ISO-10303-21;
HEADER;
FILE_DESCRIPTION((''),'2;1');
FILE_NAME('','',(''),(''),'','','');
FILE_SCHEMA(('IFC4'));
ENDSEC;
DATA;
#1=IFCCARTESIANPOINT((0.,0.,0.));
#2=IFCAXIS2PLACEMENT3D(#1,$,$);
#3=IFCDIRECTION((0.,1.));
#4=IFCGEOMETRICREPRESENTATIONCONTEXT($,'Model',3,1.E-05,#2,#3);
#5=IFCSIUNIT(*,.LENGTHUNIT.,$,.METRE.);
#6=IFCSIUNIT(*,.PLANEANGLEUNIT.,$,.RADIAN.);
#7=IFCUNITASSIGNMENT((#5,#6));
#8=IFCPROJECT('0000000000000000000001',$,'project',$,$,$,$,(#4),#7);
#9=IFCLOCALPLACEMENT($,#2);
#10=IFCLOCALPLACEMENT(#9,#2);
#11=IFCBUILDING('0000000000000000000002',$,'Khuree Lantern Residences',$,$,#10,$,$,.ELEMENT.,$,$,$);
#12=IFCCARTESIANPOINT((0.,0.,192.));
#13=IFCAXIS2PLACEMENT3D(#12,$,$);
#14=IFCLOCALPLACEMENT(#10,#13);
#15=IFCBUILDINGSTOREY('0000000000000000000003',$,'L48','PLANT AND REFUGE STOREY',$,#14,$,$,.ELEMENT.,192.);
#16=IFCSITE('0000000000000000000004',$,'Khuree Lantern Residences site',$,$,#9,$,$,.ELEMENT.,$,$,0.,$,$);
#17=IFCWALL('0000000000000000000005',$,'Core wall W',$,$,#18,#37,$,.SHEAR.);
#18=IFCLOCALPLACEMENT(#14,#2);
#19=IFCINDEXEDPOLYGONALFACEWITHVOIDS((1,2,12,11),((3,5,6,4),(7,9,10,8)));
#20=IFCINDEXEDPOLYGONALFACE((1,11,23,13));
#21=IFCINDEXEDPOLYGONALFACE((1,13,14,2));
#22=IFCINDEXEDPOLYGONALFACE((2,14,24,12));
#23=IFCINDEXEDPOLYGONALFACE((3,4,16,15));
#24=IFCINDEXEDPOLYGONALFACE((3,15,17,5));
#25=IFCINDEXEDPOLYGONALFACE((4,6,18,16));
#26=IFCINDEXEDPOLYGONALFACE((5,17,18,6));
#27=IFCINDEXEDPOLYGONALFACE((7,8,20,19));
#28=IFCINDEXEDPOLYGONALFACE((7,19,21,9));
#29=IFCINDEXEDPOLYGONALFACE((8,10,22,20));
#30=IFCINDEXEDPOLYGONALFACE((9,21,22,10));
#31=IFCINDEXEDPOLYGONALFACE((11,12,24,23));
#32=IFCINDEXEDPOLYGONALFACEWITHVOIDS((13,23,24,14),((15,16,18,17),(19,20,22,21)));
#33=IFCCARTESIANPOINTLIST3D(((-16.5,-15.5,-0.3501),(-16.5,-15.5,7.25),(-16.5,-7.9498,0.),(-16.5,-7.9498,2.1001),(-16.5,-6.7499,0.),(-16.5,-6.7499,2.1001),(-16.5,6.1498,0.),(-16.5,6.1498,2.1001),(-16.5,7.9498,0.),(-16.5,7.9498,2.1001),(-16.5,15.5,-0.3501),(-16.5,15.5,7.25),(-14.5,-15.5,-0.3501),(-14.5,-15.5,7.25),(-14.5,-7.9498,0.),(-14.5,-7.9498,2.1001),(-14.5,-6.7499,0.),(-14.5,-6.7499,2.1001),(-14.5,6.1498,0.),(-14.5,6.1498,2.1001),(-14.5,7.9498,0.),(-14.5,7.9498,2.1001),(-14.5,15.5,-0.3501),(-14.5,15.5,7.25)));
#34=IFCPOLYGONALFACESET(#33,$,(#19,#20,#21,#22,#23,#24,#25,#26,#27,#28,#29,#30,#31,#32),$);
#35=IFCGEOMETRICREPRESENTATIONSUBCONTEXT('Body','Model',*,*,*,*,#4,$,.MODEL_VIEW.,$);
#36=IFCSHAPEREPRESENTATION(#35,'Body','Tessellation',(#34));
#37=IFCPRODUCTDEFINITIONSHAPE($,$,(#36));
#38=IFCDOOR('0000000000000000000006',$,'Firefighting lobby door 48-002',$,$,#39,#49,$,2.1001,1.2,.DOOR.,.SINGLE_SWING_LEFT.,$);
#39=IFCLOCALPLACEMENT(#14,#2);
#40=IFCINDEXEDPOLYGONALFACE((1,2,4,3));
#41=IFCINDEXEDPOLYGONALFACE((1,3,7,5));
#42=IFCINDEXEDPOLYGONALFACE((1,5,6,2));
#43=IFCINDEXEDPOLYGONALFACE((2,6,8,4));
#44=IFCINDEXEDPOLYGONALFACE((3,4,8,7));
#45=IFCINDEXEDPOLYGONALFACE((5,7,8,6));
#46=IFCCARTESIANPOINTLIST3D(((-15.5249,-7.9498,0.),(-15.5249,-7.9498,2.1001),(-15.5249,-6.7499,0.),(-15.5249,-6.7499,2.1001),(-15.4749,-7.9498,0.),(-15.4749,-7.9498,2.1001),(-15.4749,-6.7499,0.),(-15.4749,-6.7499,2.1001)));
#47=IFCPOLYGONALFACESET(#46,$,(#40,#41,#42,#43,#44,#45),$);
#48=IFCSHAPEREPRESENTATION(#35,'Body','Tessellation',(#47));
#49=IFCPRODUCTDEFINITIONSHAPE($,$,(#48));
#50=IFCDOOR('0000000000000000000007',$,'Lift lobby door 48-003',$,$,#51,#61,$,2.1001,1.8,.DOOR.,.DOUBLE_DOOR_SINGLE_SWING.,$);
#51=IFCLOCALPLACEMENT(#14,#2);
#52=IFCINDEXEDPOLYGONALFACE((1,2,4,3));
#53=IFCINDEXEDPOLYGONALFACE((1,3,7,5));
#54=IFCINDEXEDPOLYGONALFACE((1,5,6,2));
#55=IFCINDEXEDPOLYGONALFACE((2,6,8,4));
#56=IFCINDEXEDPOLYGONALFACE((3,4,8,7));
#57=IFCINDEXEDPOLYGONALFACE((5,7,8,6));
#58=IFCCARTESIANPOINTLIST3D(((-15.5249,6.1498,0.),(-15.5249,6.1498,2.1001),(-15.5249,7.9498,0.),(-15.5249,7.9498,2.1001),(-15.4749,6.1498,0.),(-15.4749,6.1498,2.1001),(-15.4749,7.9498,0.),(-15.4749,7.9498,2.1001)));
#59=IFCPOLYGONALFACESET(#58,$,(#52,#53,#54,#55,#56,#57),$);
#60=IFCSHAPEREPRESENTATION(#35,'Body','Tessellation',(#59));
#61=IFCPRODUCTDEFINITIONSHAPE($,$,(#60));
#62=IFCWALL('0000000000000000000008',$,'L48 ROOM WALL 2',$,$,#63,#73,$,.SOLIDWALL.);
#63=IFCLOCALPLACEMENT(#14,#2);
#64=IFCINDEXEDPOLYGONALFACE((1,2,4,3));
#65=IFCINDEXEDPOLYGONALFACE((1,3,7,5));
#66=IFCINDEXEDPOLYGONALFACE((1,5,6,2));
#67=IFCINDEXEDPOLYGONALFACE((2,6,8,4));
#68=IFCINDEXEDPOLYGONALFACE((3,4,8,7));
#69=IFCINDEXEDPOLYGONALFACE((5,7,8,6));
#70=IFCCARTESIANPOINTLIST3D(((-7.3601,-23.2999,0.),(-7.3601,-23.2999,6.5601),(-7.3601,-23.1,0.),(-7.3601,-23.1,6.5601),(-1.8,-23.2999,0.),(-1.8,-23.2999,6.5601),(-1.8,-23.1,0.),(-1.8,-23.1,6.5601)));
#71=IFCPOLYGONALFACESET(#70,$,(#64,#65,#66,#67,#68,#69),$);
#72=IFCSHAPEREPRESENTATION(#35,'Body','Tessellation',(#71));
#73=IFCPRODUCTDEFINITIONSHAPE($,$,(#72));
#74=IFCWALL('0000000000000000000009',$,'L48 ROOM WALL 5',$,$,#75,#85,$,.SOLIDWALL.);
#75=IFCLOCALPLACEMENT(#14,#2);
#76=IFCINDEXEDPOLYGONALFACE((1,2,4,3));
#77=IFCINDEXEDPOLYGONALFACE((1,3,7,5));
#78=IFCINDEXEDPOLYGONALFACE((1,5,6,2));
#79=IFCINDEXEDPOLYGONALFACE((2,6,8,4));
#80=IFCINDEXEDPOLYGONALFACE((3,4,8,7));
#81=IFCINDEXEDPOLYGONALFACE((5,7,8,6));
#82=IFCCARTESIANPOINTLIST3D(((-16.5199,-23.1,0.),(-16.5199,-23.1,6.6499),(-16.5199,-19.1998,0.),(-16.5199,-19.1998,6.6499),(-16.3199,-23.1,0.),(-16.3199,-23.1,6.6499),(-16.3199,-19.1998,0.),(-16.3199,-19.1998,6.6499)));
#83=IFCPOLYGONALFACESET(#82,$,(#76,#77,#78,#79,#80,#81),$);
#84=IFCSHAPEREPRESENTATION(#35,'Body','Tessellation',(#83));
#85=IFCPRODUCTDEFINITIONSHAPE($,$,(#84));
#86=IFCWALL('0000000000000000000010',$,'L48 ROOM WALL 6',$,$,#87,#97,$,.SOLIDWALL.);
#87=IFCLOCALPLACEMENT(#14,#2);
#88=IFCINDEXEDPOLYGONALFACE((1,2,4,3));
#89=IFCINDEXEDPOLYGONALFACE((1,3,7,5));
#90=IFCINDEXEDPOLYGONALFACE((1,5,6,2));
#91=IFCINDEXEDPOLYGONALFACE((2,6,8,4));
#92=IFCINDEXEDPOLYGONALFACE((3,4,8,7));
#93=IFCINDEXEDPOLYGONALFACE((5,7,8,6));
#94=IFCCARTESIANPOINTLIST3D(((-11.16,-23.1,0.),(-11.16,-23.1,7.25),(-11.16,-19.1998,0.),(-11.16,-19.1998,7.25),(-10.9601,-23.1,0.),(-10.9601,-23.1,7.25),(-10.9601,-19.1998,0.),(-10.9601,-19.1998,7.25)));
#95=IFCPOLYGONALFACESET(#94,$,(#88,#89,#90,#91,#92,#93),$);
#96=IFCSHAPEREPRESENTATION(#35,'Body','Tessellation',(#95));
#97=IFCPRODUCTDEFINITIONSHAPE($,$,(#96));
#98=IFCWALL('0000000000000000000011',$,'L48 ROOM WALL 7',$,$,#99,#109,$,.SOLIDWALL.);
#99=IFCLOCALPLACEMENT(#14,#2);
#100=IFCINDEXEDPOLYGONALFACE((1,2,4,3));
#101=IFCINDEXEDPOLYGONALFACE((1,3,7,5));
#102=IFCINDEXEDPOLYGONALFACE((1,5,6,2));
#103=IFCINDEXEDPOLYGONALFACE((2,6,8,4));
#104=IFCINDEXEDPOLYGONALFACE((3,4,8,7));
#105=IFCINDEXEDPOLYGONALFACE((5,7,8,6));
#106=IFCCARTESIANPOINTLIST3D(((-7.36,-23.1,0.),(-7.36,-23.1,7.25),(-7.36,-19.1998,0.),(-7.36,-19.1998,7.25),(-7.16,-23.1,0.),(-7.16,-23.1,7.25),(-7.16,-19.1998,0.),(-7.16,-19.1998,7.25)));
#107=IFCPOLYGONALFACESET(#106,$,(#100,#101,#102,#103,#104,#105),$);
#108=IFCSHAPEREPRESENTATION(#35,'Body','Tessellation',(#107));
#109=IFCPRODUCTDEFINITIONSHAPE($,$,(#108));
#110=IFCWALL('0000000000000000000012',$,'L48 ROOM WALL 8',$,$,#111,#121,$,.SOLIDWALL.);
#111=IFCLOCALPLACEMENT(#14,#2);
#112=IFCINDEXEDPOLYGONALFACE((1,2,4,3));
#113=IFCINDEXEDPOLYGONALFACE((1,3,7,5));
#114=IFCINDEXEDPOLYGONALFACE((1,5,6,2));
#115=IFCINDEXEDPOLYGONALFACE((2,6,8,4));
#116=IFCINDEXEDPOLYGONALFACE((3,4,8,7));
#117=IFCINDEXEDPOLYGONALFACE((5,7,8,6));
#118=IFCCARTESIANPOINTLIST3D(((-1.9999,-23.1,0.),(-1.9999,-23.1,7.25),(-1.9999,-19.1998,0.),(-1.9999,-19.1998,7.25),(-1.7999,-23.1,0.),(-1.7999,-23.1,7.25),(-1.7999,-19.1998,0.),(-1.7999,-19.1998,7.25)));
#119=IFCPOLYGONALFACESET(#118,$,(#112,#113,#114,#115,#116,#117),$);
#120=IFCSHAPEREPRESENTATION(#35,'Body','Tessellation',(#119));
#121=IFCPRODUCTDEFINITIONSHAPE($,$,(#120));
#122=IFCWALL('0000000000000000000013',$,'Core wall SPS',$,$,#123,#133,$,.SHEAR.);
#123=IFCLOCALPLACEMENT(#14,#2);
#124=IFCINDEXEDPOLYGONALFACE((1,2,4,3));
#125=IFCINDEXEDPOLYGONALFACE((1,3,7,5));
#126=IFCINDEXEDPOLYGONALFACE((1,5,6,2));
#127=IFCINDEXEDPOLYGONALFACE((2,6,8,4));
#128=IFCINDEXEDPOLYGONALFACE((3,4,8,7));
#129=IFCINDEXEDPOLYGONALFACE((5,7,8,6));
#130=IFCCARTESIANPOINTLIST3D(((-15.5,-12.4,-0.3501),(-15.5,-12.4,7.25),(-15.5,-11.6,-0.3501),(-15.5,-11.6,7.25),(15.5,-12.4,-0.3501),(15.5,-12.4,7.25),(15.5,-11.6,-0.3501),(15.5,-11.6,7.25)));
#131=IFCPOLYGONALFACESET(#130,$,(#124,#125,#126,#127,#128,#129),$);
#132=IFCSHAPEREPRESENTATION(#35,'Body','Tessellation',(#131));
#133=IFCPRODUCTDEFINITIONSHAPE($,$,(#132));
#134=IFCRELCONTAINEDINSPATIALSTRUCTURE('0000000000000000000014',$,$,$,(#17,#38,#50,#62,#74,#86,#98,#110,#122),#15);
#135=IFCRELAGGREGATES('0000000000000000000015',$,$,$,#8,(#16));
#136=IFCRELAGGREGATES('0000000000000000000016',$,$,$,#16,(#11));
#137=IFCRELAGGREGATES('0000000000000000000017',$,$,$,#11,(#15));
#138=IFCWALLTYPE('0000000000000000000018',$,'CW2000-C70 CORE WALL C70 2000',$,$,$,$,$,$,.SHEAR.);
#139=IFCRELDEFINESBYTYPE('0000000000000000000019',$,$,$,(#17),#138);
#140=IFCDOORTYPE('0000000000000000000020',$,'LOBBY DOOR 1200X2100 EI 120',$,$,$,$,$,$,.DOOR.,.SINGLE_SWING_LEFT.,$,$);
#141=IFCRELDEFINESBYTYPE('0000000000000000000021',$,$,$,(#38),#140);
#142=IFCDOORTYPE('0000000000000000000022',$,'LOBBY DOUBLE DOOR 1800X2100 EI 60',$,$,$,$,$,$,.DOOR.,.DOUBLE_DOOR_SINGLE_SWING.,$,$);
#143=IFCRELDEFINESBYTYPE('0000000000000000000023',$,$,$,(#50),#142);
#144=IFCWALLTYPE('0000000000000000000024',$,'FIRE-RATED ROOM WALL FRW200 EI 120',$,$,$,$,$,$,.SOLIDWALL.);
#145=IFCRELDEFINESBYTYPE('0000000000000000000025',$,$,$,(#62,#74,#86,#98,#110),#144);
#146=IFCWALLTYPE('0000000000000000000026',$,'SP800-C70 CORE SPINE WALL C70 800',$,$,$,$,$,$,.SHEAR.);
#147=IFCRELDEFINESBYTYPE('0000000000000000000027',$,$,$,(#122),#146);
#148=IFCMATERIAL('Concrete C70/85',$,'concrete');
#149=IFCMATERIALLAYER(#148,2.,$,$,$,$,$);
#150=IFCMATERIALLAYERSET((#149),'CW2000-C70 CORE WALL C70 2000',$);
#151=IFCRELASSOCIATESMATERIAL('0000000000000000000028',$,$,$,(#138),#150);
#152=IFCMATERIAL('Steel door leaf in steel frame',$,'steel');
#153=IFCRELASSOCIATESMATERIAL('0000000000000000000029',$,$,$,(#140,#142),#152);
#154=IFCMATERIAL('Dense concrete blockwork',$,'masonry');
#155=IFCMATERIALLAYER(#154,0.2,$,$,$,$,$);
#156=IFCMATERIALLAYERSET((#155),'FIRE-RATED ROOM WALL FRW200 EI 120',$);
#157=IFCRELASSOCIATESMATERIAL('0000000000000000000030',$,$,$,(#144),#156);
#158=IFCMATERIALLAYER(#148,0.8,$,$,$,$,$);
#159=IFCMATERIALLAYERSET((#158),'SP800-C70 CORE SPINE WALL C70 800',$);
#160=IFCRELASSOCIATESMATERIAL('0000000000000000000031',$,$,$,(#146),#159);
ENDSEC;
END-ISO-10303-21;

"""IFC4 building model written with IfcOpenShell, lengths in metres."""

from ifc_helpers import new_model, si_unit, direction, frame, frame_2d, origin, place, context, subcontext, project, spatial, rectangle, extrude, material, layer, layer_set, type_object, element, fill, save


model = new_model("IFC4")

# Units and contexts
model_context = context("Model", 3, precision=1e-05, world=origin(), true_north=direction((0.0, 1.0)))
body_context = subcontext(model_context, "Body", "Model", "MODEL_VIEW")
ifc_project = project(units=[si_unit("LENGTHUNIT", "METRE"), si_unit("PLANEANGLEUNIT", "RADIAN")], contexts=[model_context])

# Site, building, storey
site_placement = place(None, origin())
site = spatial("IfcSite", under=ifc_project, at=site_placement, Name="Khuree Lantern Residences site", CompositionType="ELEMENT", RefElevation=0.0)
building_placement = place(site_placement, origin())
building = spatial("IfcBuilding", under=site, at=building_placement, Name="Khuree Lantern Residences", CompositionType="ELEMENT")
storey_placement = place(building_placement, frame((0.0, 0.0, 192.0)))
storey = spatial("IfcBuildingStorey", under=building, at=storey_placement, Name="L48", Description="PLANT AND REFUGE STOREY", CompositionType="ELEMENT", Elevation=192.0)

# Shared definitions
ifc_material_1 = material(Name="Concrete C70/85", Category="concrete")

# Shared definitions
ifc_layer_1 = layer(ifc_material_1, 2.0)
ifc_layer_set_1 = layer_set([ifc_layer_1], Name="CW2000-C70 CORE WALL C70 2000")
wall_type_1 = type_object("IfcWallType", Name="CW2000-C70 CORE WALL C70 2000", PredefinedType="SHEAR", material=ifc_layer_set_1)

# Wall, openings, doors
wall_1_placement = place(storey_placement, frame((-15.5, -15.5, -0.3501), z_axis=(0.0, 0.0, 1.0), x_axis=(0.0, 1.0, 0.0)))
wall_1 = element("IfcWall", 1, at=wall_1_placement, inside=storey, type_object=wall_type_1, Name="Core wall W", PredefinedType="SHEAR", context=body_context, shape_type="SweptSolid", body=[
    extrude(rectangle(XDim=31.0, YDim=2.0, at=frame_2d((15.5, 0.0))), origin(), (0.0, 0.0, 1.0), 7.6001),
])
opening_1_placement = place(wall_1_placement, frame((7.55, 0.0, 0.3501)))
opening_1 = element("IfcOpeningElement", 2, at=opening_1_placement, cuts=wall_1, PredefinedType="OPENING", context=body_context, shape_type="SweptSolid", body=[
    extrude(rectangle(XDim=1.2, YDim=2.1001, at=frame_2d((0.6001, 1.05))), frame((0.0, 1.01, 0.0), z_axis=(0.0, -1.0, 0.0), x_axis=(1.0, 0.0, 0.0)), (0.0, 0.0, 1.0), 2.02),
])
opening_2_placement = place(wall_1_placement, frame((21.6499, 0.0, 0.3501)))
opening_2 = element("IfcOpeningElement", 3, at=opening_2_placement, cuts=wall_1, PredefinedType="OPENING", context=body_context, shape_type="SweptSolid", body=[
    extrude(rectangle(XDim=1.8, YDim=2.1001, at=frame_2d((0.8999, 1.05))), frame((0.0, 1.01, 0.0), z_axis=(0.0, -1.0, 0.0), x_axis=(1.0, 0.0, 0.0)), (0.0, 0.0, 1.0), 2.02),
])
ifc_material_2 = material(Name="Steel door leaf in steel frame", Category="steel")
door_type_1 = type_object("IfcDoorType", Name="LOBBY DOOR 1200X2100 EI 120", OperationType="SINGLE_SWING_LEFT", PredefinedType="DOOR", material=ifc_material_2)
door_1_placement = place(opening_1_placement, origin())
door_1 = element("IfcDoor", 4, at=door_1_placement, inside=storey, type_object=door_type_1, Name="Firefighting lobby door 48-002", OperationType="SINGLE_SWING_LEFT", OverallHeight=2.1001, OverallWidth=1.2, PredefinedType="DOOR", context=body_context, shape_type="SweptSolid", body=[
    extrude(rectangle(XDim=1.2, YDim=2.1001, at=frame_2d((0.6001, 1.05))), frame((0.0, 0.0249, 0.0), z_axis=(0.0, -1.0, 0.0), x_axis=(1.0, 0.0, 0.0)), (0.0, 0.0, 1.0), 0.05),
])
fill(opening_1, door_1)
door_type_2 = type_object("IfcDoorType", Name="LOBBY DOUBLE DOOR 1800X2100 EI 60", OperationType="DOUBLE_DOOR_SINGLE_SWING", PredefinedType="DOOR", material=ifc_material_2)
door_2_placement = place(opening_2_placement, origin())
door_2 = element("IfcDoor", 5, at=door_2_placement, inside=storey, type_object=door_type_2, Name="Lift lobby door 48-003", OperationType="DOUBLE_DOOR_SINGLE_SWING", OverallHeight=2.1001, OverallWidth=1.8, PredefinedType="DOOR", context=body_context, shape_type="SweptSolid", body=[
    extrude(rectangle(XDim=1.8, YDim=2.1001, at=frame_2d((0.8999, 1.05))), frame((0.0, 0.0249, 0.0), z_axis=(0.0, -1.0, 0.0), x_axis=(1.0, 0.0, 0.0)), (0.0, 0.0, 1.0), 0.05),
])
fill(opening_2, door_2)

# Walls
ifc_material_3 = material(Name="Dense concrete blockwork", Category="masonry")
ifc_layer_2 = layer(ifc_material_3, 0.2)
ifc_layer_set_2 = layer_set([ifc_layer_2], Name="FIRE-RATED ROOM WALL FRW200 EI 120")
wall_type_2 = type_object("IfcWallType", Name="FIRE-RATED ROOM WALL FRW200 EI 120", PredefinedType="SOLIDWALL", material=ifc_layer_set_2)
wall_2_placement = place(storey_placement, frame((-7.3601, -23.2, 0.0), z_axis=(0.0, 0.0, 1.0), x_axis=(1.0, 0.0, 0.0)))
element("IfcWall", 6, at=wall_2_placement, inside=storey, type_object=wall_type_2, Name="L48 ROOM WALL 2", PredefinedType="SOLIDWALL", context=body_context, shape_type="SweptSolid", body=[
    extrude(rectangle(XDim=5.5601, YDim=0.2, at=frame_2d((2.78, 0.0))), origin(), (0.0, 0.0, 1.0), 6.5601),
])
wall_3_placement = place(storey_placement, frame((-16.4199, -23.1001, 0.0), z_axis=(0.0, 0.0, 1.0), x_axis=(0.0, 1.0, 0.0)))
element("IfcWall", 7, at=wall_3_placement, inside=storey, type_object=wall_type_2, Name="L48 ROOM WALL 5", PredefinedType="SOLIDWALL", context=body_context, shape_type="SweptSolid", body=[
    extrude(rectangle(XDim=3.9001, YDim=0.2, at=frame_2d((1.9502, 0.0))), origin(), (0.0, 0.0, 1.0), 6.6499),
])
for number, where, z_axis, x_axis, name in (
    (8, (-11.0601, -23.1001, 0.0), (0.0, 0.0, 1.0), (0.0, 1.0, 0.0), "L48 ROOM WALL 6"),
    (9, (-7.26, -23.1001, 0.0), (0.0, 0.0, 1.0), (0.0, 1.0, 0.0), "L48 ROOM WALL 7"),
    (10, (-1.8999, -23.1001, 0.0), (0.0, 0.0, 1.0), (0.0, 1.0, 0.0), "L48 ROOM WALL 8"),
):
    element("IfcWall", number, at=place(storey_placement, frame(where, z_axis=z_axis, x_axis=x_axis)), inside=storey, type_object=wall_type_2, Name=name, PredefinedType="SOLIDWALL", context=body_context, shape_type="SweptSolid", body=[
        extrude(rectangle(XDim=3.9001, YDim=0.2, at=frame_2d((1.9502, 0.0))), origin(), (0.0, 0.0, 1.0), 7.25),
    ])

# Wall
ifc_layer_3 = layer(ifc_material_1, 0.8)
ifc_layer_set_3 = layer_set([ifc_layer_3], Name="SP800-C70 CORE SPINE WALL C70 800")
wall_type_3 = type_object("IfcWallType", Name="SP800-C70 CORE SPINE WALL C70 800", PredefinedType="SHEAR", material=ifc_layer_set_3)
wall_4_placement = place(storey_placement, frame((-15.5, -12.0, -0.3501), z_axis=(0.0, 0.0, 1.0), x_axis=(1.0, 0.0, 0.0)))
element("IfcWall", 11, at=wall_4_placement, inside=storey, type_object=wall_type_3, Name="Core wall SPS", PredefinedType="SHEAR", context=body_context, shape_type="SweptSolid", body=[
    extrude(rectangle(XDim=31.0, YDim=0.8, at=frame_2d((15.5, 0.0))), origin(), (0.0, 0.0, 1.0), 7.6001),
])

save(model, "model.ifc")
